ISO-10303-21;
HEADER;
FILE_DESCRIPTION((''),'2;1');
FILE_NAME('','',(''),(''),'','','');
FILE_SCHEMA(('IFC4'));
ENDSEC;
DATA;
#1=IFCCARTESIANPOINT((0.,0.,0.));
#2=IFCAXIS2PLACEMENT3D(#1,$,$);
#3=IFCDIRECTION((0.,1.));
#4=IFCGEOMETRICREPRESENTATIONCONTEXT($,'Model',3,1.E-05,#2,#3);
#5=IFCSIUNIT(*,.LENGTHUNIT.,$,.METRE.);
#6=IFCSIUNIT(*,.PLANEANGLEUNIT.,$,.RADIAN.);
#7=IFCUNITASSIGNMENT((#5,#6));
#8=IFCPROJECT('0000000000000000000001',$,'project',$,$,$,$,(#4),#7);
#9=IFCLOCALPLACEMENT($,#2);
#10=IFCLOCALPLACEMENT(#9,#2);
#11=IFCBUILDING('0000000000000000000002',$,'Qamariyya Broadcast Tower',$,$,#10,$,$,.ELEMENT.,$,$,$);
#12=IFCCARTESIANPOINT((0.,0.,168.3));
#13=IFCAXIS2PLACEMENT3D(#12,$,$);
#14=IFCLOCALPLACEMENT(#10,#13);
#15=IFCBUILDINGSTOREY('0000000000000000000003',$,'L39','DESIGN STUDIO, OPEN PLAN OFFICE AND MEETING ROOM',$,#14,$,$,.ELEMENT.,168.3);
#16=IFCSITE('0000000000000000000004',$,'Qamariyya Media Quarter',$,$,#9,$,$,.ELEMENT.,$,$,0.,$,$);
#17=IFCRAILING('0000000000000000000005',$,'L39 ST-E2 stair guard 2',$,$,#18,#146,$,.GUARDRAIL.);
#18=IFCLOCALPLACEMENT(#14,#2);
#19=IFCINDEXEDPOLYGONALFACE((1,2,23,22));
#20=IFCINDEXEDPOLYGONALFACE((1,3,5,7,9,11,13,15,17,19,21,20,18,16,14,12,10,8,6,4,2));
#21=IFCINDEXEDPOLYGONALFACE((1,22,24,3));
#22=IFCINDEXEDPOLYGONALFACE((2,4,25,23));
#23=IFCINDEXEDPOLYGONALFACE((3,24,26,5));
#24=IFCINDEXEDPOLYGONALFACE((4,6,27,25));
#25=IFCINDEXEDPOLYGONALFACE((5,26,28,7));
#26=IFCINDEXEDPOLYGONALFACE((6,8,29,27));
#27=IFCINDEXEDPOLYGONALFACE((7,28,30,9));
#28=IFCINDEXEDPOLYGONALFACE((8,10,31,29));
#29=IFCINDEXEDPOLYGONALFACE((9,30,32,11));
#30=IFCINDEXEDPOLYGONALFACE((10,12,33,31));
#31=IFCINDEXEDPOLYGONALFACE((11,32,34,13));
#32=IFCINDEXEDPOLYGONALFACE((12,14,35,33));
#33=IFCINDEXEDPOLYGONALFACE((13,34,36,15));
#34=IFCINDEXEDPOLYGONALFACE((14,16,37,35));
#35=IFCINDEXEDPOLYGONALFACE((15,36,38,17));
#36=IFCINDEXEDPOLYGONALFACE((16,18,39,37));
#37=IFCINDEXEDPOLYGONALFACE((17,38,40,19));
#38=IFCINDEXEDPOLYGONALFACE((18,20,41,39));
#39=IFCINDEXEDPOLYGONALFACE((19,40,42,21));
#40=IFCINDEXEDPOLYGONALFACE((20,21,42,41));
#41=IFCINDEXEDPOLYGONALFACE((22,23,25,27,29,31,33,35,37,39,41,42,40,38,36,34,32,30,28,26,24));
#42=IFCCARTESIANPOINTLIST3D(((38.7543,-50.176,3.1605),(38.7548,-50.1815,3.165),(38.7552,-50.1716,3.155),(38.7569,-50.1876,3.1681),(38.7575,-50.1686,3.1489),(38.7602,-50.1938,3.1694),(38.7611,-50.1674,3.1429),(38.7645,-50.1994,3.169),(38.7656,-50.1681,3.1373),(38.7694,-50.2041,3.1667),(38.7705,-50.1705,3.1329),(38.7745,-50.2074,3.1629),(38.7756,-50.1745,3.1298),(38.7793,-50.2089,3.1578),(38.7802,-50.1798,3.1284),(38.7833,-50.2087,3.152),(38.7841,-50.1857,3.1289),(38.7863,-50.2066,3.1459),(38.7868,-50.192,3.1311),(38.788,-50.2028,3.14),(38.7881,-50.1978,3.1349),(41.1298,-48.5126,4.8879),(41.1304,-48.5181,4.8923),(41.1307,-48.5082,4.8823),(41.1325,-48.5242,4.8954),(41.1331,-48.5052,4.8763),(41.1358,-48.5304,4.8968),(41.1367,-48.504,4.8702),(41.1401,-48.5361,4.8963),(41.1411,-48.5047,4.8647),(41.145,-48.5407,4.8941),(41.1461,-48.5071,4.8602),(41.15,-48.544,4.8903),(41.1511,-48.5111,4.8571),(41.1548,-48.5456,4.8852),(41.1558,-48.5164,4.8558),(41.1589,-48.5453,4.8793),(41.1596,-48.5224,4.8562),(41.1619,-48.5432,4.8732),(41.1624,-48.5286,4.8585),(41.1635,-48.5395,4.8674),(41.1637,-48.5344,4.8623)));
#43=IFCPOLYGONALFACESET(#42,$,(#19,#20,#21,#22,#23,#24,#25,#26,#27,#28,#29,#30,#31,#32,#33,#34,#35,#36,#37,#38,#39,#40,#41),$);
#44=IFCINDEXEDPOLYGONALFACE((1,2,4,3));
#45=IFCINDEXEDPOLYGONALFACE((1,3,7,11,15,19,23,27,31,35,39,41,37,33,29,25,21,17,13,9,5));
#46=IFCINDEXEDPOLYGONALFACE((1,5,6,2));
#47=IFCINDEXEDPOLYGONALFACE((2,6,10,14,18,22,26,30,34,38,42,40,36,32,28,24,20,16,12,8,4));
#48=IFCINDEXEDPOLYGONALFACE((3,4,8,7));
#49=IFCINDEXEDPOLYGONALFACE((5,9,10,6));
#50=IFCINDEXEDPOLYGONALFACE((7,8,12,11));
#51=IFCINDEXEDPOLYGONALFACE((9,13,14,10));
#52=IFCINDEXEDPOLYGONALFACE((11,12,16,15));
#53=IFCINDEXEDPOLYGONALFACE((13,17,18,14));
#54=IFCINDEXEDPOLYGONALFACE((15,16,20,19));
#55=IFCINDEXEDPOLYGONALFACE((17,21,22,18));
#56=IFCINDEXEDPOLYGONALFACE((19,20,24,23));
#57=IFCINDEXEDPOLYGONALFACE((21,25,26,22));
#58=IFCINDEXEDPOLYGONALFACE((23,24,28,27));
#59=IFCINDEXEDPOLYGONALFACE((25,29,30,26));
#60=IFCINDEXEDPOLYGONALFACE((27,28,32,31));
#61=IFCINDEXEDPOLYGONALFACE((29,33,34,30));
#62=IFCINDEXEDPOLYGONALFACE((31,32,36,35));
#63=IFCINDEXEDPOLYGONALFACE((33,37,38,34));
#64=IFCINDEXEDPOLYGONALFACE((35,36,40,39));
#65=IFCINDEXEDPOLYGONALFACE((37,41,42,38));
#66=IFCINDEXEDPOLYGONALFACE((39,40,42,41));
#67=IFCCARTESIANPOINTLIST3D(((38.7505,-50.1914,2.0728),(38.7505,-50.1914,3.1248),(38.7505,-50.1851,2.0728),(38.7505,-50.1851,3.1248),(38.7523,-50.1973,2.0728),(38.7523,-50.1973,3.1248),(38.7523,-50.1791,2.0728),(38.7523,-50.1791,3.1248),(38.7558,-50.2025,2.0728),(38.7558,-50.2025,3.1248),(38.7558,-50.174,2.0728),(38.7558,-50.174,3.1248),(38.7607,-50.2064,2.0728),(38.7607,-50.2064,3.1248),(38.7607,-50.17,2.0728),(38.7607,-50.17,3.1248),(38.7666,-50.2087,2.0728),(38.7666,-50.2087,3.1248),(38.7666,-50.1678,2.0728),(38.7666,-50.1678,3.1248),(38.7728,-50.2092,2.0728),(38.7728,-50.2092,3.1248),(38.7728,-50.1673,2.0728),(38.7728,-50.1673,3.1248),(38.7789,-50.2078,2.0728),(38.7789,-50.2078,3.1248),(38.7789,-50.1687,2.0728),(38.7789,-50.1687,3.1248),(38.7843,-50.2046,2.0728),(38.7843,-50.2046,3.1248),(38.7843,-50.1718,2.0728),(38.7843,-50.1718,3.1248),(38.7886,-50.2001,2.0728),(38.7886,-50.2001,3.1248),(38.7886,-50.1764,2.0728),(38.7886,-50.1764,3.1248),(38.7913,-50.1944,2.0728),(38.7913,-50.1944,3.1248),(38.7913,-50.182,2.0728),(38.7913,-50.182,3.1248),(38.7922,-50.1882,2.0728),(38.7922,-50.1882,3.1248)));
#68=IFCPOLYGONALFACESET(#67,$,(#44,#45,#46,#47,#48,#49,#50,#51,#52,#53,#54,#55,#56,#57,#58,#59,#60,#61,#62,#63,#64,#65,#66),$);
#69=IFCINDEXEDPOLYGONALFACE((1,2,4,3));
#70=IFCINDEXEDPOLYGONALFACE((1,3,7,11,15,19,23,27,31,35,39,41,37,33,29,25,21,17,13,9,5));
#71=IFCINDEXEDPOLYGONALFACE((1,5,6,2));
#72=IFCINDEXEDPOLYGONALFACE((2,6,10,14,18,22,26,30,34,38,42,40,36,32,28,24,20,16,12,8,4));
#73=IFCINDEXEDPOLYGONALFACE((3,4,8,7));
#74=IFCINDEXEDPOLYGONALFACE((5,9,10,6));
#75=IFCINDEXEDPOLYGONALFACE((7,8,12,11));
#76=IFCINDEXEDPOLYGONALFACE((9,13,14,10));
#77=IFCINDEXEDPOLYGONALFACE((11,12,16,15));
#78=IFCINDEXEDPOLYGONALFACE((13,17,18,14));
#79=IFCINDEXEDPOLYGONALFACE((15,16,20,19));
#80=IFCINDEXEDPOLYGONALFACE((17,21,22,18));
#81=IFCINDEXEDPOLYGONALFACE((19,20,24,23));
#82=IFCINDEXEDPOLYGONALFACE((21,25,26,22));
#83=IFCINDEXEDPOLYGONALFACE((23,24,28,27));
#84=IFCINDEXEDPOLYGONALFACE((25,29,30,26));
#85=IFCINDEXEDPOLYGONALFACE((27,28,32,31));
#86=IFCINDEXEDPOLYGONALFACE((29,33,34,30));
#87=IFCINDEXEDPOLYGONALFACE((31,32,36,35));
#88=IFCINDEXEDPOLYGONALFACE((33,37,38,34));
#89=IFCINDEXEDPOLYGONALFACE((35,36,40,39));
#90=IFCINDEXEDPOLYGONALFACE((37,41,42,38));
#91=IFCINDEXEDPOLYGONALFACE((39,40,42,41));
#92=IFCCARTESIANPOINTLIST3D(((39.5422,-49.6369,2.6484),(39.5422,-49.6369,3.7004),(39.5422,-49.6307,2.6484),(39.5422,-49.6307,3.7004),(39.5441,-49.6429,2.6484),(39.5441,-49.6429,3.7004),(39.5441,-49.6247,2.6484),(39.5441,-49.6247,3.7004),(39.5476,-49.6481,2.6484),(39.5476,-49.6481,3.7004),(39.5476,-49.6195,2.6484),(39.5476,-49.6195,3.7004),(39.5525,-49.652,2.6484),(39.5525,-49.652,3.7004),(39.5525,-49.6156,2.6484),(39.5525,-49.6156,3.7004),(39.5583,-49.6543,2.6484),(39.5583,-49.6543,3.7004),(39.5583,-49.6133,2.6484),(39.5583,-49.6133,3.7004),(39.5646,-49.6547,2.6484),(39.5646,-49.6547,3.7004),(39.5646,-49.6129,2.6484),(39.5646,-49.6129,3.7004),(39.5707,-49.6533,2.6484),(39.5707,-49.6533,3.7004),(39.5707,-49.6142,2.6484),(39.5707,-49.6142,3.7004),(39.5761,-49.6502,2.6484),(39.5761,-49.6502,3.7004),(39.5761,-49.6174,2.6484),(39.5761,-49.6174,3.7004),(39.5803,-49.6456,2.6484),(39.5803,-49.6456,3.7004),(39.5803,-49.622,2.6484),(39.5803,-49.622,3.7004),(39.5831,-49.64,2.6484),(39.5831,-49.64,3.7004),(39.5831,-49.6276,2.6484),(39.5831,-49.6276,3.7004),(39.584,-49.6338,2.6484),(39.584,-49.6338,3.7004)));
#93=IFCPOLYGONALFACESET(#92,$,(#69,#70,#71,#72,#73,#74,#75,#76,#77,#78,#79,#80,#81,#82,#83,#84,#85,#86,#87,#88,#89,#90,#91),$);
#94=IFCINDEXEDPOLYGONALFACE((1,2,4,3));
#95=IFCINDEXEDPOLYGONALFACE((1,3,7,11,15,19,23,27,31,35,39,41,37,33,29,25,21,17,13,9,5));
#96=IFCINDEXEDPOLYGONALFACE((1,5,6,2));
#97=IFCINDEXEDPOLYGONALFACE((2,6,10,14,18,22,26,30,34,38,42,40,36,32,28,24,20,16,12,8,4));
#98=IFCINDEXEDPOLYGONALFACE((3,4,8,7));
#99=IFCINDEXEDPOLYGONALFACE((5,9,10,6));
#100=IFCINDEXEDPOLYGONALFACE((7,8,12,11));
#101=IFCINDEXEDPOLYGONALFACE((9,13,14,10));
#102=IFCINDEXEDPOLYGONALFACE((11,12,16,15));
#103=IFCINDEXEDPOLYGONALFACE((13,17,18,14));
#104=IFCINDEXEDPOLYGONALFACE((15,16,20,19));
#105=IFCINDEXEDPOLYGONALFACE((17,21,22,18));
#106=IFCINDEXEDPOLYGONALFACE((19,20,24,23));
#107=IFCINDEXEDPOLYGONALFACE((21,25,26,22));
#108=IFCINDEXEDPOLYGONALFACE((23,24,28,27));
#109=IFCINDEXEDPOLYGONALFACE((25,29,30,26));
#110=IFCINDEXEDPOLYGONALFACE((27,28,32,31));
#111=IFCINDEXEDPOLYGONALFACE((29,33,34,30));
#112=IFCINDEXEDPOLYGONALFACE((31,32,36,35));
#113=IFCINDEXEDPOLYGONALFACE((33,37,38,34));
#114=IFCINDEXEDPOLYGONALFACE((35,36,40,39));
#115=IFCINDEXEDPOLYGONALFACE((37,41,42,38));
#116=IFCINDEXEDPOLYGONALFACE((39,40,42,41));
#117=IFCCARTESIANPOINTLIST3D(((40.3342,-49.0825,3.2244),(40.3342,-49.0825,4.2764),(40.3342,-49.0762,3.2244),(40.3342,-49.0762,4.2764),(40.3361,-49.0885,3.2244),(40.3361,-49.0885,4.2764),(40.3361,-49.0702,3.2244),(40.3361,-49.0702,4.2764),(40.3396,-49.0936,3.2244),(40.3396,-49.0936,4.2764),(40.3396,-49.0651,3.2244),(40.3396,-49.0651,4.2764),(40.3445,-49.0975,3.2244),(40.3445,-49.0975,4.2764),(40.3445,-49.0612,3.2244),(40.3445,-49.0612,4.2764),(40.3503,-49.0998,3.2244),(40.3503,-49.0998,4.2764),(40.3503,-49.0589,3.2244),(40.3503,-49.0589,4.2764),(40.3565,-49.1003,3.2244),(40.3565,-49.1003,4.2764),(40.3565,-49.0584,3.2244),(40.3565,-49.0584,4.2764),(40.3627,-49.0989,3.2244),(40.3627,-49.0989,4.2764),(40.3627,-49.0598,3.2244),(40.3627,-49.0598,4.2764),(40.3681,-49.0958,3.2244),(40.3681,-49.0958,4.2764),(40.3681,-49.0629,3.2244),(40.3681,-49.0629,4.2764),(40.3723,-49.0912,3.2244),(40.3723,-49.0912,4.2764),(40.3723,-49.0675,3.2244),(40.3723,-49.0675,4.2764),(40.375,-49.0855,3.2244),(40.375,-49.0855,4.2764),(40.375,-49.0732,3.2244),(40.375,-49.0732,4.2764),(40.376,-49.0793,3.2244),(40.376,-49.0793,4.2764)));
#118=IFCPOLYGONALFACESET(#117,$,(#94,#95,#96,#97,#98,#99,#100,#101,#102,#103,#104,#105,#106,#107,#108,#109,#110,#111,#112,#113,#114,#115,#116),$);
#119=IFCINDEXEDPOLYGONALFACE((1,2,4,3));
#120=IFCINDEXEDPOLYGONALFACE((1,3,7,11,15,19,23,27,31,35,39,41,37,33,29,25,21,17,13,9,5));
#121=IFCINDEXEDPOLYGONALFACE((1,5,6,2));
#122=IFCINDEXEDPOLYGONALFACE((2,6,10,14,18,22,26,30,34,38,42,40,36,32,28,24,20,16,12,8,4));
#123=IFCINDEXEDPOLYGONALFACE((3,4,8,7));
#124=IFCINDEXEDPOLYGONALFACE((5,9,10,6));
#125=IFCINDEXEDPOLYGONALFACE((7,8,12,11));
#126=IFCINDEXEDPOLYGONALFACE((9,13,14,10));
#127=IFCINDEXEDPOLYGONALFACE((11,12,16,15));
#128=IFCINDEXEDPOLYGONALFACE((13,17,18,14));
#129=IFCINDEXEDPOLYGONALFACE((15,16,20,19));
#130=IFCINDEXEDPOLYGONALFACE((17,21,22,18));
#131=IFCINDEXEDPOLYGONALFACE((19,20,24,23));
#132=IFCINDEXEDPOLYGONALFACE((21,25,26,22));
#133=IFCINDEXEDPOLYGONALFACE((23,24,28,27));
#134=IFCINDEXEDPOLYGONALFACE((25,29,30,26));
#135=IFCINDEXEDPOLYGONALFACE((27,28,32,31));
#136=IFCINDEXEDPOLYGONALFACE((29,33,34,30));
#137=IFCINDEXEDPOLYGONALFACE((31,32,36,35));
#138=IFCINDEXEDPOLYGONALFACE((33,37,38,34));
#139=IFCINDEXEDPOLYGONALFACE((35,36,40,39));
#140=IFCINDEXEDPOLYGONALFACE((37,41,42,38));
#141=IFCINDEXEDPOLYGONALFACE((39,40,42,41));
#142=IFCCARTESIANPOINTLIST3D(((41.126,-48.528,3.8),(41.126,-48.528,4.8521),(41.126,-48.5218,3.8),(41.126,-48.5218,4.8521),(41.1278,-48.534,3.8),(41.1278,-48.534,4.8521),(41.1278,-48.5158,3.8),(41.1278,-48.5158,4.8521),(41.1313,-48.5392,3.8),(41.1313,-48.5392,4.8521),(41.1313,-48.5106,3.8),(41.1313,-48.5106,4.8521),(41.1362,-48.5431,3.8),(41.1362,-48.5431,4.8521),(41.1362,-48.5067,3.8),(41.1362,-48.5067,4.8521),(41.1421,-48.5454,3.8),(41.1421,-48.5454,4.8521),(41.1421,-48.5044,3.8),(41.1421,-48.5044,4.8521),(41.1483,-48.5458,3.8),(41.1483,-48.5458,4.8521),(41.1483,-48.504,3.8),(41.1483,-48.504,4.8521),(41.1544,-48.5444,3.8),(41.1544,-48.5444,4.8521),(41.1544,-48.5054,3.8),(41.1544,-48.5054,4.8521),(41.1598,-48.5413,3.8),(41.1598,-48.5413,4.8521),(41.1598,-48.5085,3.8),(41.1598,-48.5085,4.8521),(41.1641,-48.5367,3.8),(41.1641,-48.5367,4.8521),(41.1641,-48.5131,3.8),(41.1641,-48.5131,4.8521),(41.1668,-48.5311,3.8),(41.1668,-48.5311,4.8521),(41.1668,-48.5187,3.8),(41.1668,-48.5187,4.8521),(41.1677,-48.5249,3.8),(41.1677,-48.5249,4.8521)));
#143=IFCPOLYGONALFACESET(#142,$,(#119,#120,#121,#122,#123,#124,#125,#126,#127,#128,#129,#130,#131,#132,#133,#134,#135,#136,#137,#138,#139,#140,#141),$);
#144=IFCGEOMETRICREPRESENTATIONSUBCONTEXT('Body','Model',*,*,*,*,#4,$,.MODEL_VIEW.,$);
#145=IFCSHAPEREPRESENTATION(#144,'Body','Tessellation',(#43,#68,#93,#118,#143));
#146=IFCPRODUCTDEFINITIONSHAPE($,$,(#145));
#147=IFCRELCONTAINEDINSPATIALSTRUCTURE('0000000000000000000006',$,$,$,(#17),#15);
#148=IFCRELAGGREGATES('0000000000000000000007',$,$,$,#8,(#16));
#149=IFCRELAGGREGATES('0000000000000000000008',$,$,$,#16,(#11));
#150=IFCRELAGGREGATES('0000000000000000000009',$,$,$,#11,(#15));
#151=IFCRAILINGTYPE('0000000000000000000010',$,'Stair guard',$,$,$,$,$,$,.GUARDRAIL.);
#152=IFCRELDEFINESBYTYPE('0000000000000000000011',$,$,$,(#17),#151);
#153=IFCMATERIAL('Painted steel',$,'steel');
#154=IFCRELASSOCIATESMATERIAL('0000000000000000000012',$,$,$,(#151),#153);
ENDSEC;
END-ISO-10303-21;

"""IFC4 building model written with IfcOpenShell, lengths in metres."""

from ifc_helpers import new_model, si_unit, direction, frame, origin, origin_2d, place, context, subcontext, project, spatial, circle, extrude, material, type_object, element, save


model = new_model("IFC4")

# Units and contexts
model_context = context("Model", 3, precision=1e-05, world=origin(), true_north=direction((0.0, 1.0)))
body_context = subcontext(model_context, "Body", "Model", "MODEL_VIEW")
ifc_project = project(units=[si_unit("LENGTHUNIT", "METRE"), si_unit("PLANEANGLEUNIT", "RADIAN")], contexts=[model_context])

# Site, building, storey
site_placement = place(None, origin())
site = spatial("IfcSite", under=ifc_project, at=site_placement, Name="Qamariyya Media Quarter", CompositionType="ELEMENT", RefElevation=0.0)
building_placement = place(site_placement, origin())
building = spatial("IfcBuilding", under=site, at=building_placement, Name="Qamariyya Broadcast Tower", CompositionType="ELEMENT")
storey_placement = place(building_placement, frame((0.0, 0.0, 168.3)))
storey = spatial("IfcBuildingStorey", under=building, at=storey_placement, Name="L39", Description="DESIGN STUDIO, OPEN PLAN OFFICE AND MEETING ROOM", CompositionType="ELEMENT", Elevation=168.3)

# Railing
ifc_material_1 = material(Name="Painted steel", Category="steel")
railing_type = type_object("IfcRailingType", Name="Stair guard", PredefinedType="GUARDRAIL", material=ifc_material_1)
railing_placement = place(storey_placement, frame((38.7712, -50.1882, 2.0728)))
element("IfcRailing", 1, at=railing_placement, inside=storey, type_object=railing_type, Name="L39 ST-E2 stair guard 2", PredefinedType="GUARDRAIL", context=body_context, shape_type="SweptSolid", body=[
    extrude(circle(Radius=0.0239, at=origin_2d()), frame((0.0, 0.0, 1.0762), z_axis=(0.70377, 0.492784, 0.511734), x_axis=(-0.573575, 0.819153, 0.0)), (0.0, 0.0, 1.0), 3.3755),
    extrude(circle(Radius=0.021, at=origin_2d()), origin(), (0.0, 0.0, 1.0), 1.052),
    extrude(circle(Radius=0.021, at=origin_2d()), frame((0.7917, 0.5544, 0.5757)), (0.0, 0.0, 1.0), 1.052),
    extrude(circle(Radius=0.021, at=origin_2d()), frame((1.5837, 1.1089, 1.1516)), (0.0, 0.0, 1.0), 1.052),
    extrude(circle(Radius=0.021, at=origin_2d()), frame((2.3755, 1.6633, 1.7273)), (0.0, 0.0, 1.0), 1.052),
])

save(model, "model.ifc")
